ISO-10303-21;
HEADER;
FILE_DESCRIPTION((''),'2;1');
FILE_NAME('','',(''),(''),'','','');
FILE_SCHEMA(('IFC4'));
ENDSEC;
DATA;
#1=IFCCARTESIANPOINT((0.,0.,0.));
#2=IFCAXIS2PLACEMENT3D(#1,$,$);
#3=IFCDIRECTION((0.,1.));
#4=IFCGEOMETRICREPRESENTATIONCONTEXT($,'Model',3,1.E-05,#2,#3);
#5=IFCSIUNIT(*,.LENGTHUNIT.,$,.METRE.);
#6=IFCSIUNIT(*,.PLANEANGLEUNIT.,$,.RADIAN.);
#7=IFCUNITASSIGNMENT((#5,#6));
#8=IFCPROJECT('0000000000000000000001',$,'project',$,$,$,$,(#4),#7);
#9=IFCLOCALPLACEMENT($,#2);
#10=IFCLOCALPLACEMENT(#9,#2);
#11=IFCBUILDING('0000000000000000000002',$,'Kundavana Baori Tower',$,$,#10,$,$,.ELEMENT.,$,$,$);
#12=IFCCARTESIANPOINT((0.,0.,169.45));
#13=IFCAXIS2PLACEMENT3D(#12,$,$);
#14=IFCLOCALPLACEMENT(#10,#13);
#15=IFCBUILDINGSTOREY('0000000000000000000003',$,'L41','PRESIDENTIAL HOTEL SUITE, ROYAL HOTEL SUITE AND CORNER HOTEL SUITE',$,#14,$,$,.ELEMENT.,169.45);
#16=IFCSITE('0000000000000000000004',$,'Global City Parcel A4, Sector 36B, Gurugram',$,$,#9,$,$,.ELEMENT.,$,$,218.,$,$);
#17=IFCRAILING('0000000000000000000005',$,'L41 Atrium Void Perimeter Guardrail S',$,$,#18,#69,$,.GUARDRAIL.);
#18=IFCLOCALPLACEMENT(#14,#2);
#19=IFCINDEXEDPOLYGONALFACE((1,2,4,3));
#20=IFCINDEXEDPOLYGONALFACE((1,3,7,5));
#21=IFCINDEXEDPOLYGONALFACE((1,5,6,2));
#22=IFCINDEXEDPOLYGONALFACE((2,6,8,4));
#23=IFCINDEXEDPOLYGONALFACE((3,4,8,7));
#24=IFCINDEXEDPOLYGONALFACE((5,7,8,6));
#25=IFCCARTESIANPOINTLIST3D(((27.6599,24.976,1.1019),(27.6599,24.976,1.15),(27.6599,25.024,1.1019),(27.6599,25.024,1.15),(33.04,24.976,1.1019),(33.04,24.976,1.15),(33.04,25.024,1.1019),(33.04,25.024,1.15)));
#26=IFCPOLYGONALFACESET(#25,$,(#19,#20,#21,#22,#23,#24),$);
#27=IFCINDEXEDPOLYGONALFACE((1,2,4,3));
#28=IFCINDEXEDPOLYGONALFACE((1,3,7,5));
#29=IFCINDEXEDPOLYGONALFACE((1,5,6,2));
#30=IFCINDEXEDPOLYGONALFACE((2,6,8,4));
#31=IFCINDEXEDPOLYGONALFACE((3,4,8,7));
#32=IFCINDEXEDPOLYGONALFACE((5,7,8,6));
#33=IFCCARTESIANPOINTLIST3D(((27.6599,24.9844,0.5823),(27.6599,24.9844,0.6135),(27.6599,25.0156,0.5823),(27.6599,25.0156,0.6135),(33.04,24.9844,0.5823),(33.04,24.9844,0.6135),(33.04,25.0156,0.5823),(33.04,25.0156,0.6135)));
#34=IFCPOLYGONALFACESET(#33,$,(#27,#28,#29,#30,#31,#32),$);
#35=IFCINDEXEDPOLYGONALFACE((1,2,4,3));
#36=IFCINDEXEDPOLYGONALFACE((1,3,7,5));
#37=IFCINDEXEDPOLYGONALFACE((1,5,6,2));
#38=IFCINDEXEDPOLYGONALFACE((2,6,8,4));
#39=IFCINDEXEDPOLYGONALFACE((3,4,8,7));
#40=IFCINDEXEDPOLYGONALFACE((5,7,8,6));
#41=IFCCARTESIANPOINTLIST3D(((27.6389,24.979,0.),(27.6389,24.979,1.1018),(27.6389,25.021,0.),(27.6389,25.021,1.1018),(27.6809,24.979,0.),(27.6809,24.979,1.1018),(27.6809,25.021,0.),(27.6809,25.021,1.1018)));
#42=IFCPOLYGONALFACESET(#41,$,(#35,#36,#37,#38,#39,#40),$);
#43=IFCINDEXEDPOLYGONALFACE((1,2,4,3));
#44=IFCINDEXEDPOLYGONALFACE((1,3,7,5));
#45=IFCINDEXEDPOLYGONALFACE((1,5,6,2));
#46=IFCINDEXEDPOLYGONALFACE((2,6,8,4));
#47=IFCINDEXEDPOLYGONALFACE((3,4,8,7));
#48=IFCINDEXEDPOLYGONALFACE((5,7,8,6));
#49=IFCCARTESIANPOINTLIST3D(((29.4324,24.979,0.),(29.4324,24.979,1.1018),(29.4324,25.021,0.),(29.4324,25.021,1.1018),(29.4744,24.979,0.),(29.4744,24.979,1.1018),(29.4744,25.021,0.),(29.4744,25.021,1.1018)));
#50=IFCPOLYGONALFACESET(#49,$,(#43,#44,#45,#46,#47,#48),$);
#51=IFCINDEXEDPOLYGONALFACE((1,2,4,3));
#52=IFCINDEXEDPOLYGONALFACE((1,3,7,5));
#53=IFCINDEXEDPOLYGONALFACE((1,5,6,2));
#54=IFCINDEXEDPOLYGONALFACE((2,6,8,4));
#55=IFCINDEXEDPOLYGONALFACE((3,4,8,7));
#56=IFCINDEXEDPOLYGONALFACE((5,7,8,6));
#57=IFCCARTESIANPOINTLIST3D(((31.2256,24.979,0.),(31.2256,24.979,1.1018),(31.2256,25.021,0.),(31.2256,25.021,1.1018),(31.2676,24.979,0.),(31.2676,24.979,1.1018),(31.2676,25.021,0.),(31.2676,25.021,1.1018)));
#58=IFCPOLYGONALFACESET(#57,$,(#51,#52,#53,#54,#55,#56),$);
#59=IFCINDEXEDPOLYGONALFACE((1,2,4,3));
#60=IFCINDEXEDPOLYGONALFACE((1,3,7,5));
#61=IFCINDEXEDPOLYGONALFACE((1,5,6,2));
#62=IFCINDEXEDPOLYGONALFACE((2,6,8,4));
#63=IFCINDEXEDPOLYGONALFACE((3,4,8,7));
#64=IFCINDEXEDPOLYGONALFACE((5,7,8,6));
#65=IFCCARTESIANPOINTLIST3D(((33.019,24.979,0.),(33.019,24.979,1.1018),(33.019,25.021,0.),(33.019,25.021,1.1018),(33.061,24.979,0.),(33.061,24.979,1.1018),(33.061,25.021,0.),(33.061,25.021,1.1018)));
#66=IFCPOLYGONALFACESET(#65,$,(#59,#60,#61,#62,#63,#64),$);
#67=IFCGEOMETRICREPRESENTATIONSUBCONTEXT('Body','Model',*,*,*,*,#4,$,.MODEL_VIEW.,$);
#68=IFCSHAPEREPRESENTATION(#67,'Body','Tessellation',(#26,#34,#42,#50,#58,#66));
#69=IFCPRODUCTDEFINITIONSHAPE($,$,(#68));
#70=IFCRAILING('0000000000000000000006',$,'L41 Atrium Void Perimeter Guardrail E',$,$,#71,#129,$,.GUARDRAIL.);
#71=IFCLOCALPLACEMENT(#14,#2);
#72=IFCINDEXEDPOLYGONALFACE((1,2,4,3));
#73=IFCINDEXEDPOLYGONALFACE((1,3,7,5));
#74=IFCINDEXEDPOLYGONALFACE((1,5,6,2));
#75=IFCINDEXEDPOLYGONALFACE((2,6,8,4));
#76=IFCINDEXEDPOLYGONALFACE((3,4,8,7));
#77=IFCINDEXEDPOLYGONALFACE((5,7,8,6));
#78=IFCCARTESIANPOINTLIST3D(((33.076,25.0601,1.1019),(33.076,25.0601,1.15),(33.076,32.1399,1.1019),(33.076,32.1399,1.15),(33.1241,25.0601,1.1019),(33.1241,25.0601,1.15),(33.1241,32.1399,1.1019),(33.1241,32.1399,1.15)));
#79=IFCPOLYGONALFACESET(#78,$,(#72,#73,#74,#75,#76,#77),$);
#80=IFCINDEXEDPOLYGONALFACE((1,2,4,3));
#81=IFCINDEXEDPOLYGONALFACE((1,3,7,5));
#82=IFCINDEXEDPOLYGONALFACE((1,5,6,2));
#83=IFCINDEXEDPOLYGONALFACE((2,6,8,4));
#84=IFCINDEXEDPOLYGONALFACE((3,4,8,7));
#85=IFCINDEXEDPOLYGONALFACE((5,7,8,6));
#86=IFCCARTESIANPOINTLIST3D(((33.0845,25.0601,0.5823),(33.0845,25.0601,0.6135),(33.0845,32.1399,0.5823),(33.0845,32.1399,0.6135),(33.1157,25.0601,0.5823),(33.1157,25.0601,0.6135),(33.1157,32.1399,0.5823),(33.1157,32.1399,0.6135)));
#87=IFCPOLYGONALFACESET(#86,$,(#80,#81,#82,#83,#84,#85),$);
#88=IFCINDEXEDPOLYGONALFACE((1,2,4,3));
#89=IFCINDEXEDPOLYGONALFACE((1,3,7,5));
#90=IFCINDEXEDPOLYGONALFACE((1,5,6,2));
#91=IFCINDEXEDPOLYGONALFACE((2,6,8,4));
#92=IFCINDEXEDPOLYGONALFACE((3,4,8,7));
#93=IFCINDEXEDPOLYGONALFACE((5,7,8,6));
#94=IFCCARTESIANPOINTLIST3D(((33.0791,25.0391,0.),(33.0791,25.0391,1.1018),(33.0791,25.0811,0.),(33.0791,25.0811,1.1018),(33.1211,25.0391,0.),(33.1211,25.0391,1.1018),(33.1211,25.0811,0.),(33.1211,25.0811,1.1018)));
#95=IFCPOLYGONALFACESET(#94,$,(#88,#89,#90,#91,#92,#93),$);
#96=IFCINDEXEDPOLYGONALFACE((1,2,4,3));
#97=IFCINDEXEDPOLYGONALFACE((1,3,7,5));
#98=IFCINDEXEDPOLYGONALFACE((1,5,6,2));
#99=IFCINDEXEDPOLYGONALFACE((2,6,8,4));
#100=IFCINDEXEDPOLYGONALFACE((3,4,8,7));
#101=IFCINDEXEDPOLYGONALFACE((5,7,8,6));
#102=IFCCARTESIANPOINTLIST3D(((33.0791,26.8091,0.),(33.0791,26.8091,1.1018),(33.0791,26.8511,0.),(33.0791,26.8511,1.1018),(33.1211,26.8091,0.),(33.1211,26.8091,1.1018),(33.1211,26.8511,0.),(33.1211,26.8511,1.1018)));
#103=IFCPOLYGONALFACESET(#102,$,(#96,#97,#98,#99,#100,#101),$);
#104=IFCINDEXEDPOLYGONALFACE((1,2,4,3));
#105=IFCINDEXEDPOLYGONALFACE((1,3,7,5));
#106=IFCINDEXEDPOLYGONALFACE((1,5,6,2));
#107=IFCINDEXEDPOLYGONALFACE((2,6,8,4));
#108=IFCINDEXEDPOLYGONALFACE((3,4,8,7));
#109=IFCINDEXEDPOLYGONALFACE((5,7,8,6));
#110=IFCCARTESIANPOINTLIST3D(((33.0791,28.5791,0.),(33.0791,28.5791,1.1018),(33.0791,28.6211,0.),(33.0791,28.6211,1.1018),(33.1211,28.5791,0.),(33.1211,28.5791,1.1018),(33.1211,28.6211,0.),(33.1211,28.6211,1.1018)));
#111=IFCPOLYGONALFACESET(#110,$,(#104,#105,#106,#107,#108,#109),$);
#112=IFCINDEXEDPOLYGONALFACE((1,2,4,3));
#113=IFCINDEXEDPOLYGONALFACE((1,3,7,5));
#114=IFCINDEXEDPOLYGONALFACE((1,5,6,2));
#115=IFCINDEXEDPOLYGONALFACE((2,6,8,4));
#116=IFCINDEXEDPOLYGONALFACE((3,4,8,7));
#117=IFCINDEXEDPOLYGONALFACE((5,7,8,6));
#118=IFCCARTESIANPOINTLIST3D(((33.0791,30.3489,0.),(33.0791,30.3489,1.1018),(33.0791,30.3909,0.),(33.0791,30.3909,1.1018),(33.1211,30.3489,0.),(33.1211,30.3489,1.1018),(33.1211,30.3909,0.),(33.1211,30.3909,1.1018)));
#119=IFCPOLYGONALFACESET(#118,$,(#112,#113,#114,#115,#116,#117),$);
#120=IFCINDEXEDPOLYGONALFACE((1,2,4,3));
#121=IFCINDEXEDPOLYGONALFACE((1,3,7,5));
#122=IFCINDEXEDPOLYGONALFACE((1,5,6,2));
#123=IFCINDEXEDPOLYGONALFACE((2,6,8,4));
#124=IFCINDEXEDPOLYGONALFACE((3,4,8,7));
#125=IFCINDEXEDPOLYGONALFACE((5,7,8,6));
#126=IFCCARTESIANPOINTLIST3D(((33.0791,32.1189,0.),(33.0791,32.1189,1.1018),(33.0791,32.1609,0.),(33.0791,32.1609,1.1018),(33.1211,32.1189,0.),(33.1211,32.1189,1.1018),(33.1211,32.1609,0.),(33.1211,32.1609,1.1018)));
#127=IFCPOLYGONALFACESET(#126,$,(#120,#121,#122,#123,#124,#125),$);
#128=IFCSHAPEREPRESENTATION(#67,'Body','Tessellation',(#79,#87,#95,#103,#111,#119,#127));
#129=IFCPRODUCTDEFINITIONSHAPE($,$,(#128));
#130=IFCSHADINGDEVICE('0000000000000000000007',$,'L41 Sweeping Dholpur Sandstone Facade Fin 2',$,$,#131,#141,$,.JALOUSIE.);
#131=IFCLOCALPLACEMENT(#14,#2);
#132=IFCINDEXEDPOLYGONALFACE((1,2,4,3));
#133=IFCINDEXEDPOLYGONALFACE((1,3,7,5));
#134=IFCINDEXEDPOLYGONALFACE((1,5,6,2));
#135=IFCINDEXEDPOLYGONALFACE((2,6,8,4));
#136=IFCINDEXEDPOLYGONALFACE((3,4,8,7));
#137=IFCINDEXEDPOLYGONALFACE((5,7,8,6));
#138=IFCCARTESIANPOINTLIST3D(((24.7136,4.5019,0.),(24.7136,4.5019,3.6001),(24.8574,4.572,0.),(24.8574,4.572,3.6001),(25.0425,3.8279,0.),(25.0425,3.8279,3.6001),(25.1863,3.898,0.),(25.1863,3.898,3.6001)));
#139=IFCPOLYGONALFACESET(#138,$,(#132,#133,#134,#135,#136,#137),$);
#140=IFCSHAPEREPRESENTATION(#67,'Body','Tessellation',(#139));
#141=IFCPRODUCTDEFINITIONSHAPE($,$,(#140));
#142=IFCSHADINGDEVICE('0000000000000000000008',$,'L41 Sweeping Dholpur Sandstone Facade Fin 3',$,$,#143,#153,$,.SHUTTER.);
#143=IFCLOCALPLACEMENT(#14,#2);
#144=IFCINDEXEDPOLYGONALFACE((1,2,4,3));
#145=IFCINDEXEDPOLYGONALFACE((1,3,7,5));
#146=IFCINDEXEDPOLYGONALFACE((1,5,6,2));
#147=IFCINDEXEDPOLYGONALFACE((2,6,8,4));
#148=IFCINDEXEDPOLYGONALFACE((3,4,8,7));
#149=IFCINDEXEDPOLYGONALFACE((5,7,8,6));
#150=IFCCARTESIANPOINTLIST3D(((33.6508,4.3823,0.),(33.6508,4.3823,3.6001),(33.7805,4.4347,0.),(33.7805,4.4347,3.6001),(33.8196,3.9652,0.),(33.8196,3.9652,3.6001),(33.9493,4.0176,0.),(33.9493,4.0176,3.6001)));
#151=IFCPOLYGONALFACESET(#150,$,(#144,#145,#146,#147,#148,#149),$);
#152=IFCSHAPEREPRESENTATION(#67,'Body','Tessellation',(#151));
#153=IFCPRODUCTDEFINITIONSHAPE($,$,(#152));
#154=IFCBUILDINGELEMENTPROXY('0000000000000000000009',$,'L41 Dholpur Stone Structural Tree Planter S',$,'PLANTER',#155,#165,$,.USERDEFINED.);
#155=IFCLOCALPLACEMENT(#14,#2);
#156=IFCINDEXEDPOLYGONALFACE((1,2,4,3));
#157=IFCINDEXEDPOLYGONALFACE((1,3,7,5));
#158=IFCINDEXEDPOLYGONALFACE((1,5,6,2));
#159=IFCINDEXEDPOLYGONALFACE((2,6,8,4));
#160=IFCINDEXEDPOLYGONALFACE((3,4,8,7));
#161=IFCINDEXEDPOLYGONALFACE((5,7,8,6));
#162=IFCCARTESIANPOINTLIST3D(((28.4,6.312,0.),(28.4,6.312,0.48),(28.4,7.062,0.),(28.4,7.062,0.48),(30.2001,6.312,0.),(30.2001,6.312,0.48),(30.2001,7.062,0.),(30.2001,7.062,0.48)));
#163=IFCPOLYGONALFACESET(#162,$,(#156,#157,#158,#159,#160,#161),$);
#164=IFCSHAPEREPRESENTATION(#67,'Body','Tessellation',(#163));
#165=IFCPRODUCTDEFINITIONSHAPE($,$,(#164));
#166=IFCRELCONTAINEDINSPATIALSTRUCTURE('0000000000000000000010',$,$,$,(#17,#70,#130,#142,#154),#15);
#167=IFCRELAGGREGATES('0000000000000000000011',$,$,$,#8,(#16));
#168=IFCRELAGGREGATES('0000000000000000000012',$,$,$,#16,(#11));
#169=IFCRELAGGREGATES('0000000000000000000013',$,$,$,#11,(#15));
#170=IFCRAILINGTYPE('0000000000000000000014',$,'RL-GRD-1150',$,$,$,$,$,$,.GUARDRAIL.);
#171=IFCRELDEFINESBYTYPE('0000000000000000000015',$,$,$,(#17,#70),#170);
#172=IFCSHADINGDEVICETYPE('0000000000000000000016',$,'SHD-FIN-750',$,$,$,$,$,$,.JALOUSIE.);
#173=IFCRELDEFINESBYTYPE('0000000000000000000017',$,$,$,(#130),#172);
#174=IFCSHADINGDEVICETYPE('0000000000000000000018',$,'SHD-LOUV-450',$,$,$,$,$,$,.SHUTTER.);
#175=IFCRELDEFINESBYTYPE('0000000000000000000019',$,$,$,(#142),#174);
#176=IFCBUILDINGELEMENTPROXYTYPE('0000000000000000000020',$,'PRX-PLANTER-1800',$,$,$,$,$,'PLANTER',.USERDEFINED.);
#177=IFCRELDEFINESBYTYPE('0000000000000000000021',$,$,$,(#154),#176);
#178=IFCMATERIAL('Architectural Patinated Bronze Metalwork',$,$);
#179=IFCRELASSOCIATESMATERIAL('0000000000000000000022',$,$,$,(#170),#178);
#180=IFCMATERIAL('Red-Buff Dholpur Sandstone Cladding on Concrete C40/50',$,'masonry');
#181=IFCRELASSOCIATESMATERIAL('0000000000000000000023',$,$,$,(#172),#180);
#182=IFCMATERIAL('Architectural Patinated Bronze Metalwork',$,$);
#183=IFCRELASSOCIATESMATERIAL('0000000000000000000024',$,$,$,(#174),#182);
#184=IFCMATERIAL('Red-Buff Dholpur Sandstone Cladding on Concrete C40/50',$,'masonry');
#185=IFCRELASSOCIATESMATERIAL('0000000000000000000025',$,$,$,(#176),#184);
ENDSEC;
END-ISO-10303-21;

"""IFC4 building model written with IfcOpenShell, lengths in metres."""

from ifc_helpers import new_model, si_unit, direction, frame, origin, origin_2d, place, context, subcontext, project, spatial, rectangle, extrude, material, type_object, element, save


model = new_model("IFC4")

# Units and contexts
model_context = context("Model", 3, precision=1e-05, world=origin(), true_north=direction((0.0, 1.0)))
body_context = subcontext(model_context, "Body", "Model", "MODEL_VIEW")
ifc_project = project(units=[si_unit("LENGTHUNIT", "METRE"), si_unit("PLANEANGLEUNIT", "RADIAN")], contexts=[model_context])

# Site, building, storey
site_placement = place(None, origin())
site = spatial("IfcSite", under=ifc_project, at=site_placement, Name="Global City Parcel A4, Sector 36B, Gurugram", CompositionType="ELEMENT", RefElevation=218.0)
building_placement = place(site_placement, origin())
building = spatial("IfcBuilding", under=site, at=building_placement, Name="Kundavana Baori Tower", CompositionType="ELEMENT")
storey_placement = place(building_placement, frame((0.0, 0.0, 169.45)))
storey = spatial("IfcBuildingStorey", under=building, at=storey_placement, Name="L41", Description="PRESIDENTIAL HOTEL SUITE, ROYAL HOTEL SUITE AND CORNER HOTEL SUITE", CompositionType="ELEMENT", Elevation=169.45)

# Railings
ifc_material_1 = material(Name="Architectural Patinated Bronze Metalwork")
railing_type = type_object("IfcRailingType", Name="RL-GRD-1150", PredefinedType="GUARDRAIL", material=ifc_material_1)
railing_1_placement = place(storey_placement, frame((27.6599, 25.0, 0.0)))
element("IfcRailing", 1, at=railing_1_placement, inside=storey, type_object=railing_type, Name="L41 Atrium Void Perimeter Guardrail S", PredefinedType="GUARDRAIL", context=body_context, shape_type="SweptSolid", body=[
    extrude(rectangle(XDim=0.0481, YDim=0.0481, at=origin_2d()), frame((0.0, 0.0, 1.126), z_axis=(1.0, 0.0, 0.0), x_axis=(0.0, 1.0, 0.0)), (0.0, 0.0, 1.0), 5.3801),
    extrude(rectangle(XDim=0.0312, YDim=0.0312, at=origin_2d()), frame((0.0, 0.0, 0.5979), z_axis=(1.0, 0.0, 0.0), x_axis=(0.0, 1.0, 0.0)), (0.0, 0.0, 1.0), 5.3801),
    extrude(rectangle(XDim=0.042, YDim=0.042, at=origin_2d()), origin(), (0.0, 0.0, 1.0), 1.1018),
    extrude(rectangle(XDim=0.042, YDim=0.042, at=origin_2d()), frame((1.7935, 0.0, 0.0)), (0.0, 0.0, 1.0), 1.1018),
    extrude(rectangle(XDim=0.042, YDim=0.042, at=origin_2d()), frame((3.5867, 0.0, 0.0)), (0.0, 0.0, 1.0), 1.1018),
    extrude(rectangle(XDim=0.042, YDim=0.042, at=origin_2d()), frame((5.3801, 0.0, 0.0)), (0.0, 0.0, 1.0), 1.1018),
])
railing_2_placement = place(storey_placement, frame((33.1001, 25.0601, 0.0)))
element("IfcRailing", 2, at=railing_2_placement, inside=storey, type_object=railing_type, Name="L41 Atrium Void Perimeter Guardrail E", PredefinedType="GUARDRAIL", context=body_context, shape_type="SweptSolid", body=[
    extrude(rectangle(XDim=0.0481, YDim=0.0481, at=origin_2d()), frame((0.0, 0.0, 1.126), z_axis=(0.0, 1.0, 0.0), x_axis=(-1.0, 0.0, 0.0)), (0.0, 0.0, 1.0), 7.0798),
    extrude(rectangle(XDim=0.0312, YDim=0.0312, at=origin_2d()), frame((0.0, 0.0, 0.5979), z_axis=(0.0, 1.0, 0.0), x_axis=(-1.0, 0.0, 0.0)), (0.0, 0.0, 1.0), 7.0798),
    extrude(rectangle(XDim=0.042, YDim=0.042, at=origin_2d()), origin(), (0.0, 0.0, 1.0), 1.1018),
    extrude(rectangle(XDim=0.042, YDim=0.042, at=origin_2d()), frame((0.0, 1.77, 0.0)), (0.0, 0.0, 1.0), 1.1018),
    extrude(rectangle(XDim=0.042, YDim=0.042, at=origin_2d()), frame((0.0, 3.54, 0.0)), (0.0, 0.0, 1.0), 1.1018),
    extrude(rectangle(XDim=0.042, YDim=0.042, at=origin_2d()), frame((0.0, 5.3098, 0.0)), (0.0, 0.0, 1.0), 1.1018),
    extrude(rectangle(XDim=0.042, YDim=0.042, at=origin_2d()), frame((0.0, 7.0798, 0.0)), (0.0, 0.0, 1.0), 1.1018),
])

# Shading devices
ifc_material_2 = material(Name="Red-Buff Dholpur Sandstone Cladding on Concrete C40/50", Category="masonry")
shading_device_type_1 = type_object("IfcShadingDeviceType", Name="SHD-FIN-750", PredefinedType="JALOUSIE", material=ifc_material_2)
shading_device_1_placement = place(storey_placement, frame((24.95, 4.2, 0.0), z_axis=(0.0, 0.0, 1.0), x_axis=(0.898718, 0.438528, 0.0)))
element("IfcShadingDevice", 3, at=shading_device_1_placement, inside=storey, type_object=shading_device_type_1, Name="L41 Sweeping Dholpur Sandstone Facade Fin 2", PredefinedType="JALOUSIE", context=body_context, shape_type="SweptSolid", body=[
    extrude(rectangle(XDim=0.1599, YDim=0.75, at=origin_2d()), origin(), (0.0, 0.0, 1.0), 3.6001),
])
ifc_material_3 = material(Name="Architectural Patinated Bronze Metalwork")
shading_device_type_2 = type_object("IfcShadingDeviceType", Name="SHD-LOUV-450", PredefinedType="SHUTTER", material=ifc_material_3)
shading_device_2_placement = place(storey_placement, frame((33.8, 4.2, 0.0), z_axis=(0.0, 0.0, 1.0), x_axis=(0.926988, 0.375092, 0.0)))
element("IfcShadingDevice", 4, at=shading_device_2_placement, inside=storey, type_object=shading_device_type_2, Name="L41 Sweeping Dholpur Sandstone Facade Fin 3", PredefinedType="SHUTTER", context=body_context, shape_type="SweptSolid", body=[
    extrude(rectangle(XDim=0.1399, YDim=0.45, at=origin_2d()), origin(), (0.0, 0.0, 1.0), 3.6001),
])

# Building element proxy
ifc_material_4 = material(Name="Red-Buff Dholpur Sandstone Cladding on Concrete C40/50", Category="masonry")
building_element_proxy_type = type_object("IfcBuildingElementProxyType", Name="PRX-PLANTER-1800", ElementType="PLANTER", PredefinedType="USERDEFINED", material=ifc_material_4)
proxy_placement = place(storey_placement, frame((29.3, 6.687, 0.0), z_axis=(0.0, 0.0, 1.0), x_axis=(1.0, 0.0, 0.0)))
element("IfcBuildingElementProxy", 5, at=proxy_placement, inside=storey, type_object=building_element_proxy_type, Name="L41 Dholpur Stone Structural Tree Planter S", ObjectType="PLANTER", PredefinedType="USERDEFINED", context=body_context, shape_type="SweptSolid", body=[
    extrude(rectangle(XDim=1.8, YDim=0.75, at=origin_2d()), origin(), (0.0, 0.0, 1.0), 0.48),
])

save(model, "model.ifc")
